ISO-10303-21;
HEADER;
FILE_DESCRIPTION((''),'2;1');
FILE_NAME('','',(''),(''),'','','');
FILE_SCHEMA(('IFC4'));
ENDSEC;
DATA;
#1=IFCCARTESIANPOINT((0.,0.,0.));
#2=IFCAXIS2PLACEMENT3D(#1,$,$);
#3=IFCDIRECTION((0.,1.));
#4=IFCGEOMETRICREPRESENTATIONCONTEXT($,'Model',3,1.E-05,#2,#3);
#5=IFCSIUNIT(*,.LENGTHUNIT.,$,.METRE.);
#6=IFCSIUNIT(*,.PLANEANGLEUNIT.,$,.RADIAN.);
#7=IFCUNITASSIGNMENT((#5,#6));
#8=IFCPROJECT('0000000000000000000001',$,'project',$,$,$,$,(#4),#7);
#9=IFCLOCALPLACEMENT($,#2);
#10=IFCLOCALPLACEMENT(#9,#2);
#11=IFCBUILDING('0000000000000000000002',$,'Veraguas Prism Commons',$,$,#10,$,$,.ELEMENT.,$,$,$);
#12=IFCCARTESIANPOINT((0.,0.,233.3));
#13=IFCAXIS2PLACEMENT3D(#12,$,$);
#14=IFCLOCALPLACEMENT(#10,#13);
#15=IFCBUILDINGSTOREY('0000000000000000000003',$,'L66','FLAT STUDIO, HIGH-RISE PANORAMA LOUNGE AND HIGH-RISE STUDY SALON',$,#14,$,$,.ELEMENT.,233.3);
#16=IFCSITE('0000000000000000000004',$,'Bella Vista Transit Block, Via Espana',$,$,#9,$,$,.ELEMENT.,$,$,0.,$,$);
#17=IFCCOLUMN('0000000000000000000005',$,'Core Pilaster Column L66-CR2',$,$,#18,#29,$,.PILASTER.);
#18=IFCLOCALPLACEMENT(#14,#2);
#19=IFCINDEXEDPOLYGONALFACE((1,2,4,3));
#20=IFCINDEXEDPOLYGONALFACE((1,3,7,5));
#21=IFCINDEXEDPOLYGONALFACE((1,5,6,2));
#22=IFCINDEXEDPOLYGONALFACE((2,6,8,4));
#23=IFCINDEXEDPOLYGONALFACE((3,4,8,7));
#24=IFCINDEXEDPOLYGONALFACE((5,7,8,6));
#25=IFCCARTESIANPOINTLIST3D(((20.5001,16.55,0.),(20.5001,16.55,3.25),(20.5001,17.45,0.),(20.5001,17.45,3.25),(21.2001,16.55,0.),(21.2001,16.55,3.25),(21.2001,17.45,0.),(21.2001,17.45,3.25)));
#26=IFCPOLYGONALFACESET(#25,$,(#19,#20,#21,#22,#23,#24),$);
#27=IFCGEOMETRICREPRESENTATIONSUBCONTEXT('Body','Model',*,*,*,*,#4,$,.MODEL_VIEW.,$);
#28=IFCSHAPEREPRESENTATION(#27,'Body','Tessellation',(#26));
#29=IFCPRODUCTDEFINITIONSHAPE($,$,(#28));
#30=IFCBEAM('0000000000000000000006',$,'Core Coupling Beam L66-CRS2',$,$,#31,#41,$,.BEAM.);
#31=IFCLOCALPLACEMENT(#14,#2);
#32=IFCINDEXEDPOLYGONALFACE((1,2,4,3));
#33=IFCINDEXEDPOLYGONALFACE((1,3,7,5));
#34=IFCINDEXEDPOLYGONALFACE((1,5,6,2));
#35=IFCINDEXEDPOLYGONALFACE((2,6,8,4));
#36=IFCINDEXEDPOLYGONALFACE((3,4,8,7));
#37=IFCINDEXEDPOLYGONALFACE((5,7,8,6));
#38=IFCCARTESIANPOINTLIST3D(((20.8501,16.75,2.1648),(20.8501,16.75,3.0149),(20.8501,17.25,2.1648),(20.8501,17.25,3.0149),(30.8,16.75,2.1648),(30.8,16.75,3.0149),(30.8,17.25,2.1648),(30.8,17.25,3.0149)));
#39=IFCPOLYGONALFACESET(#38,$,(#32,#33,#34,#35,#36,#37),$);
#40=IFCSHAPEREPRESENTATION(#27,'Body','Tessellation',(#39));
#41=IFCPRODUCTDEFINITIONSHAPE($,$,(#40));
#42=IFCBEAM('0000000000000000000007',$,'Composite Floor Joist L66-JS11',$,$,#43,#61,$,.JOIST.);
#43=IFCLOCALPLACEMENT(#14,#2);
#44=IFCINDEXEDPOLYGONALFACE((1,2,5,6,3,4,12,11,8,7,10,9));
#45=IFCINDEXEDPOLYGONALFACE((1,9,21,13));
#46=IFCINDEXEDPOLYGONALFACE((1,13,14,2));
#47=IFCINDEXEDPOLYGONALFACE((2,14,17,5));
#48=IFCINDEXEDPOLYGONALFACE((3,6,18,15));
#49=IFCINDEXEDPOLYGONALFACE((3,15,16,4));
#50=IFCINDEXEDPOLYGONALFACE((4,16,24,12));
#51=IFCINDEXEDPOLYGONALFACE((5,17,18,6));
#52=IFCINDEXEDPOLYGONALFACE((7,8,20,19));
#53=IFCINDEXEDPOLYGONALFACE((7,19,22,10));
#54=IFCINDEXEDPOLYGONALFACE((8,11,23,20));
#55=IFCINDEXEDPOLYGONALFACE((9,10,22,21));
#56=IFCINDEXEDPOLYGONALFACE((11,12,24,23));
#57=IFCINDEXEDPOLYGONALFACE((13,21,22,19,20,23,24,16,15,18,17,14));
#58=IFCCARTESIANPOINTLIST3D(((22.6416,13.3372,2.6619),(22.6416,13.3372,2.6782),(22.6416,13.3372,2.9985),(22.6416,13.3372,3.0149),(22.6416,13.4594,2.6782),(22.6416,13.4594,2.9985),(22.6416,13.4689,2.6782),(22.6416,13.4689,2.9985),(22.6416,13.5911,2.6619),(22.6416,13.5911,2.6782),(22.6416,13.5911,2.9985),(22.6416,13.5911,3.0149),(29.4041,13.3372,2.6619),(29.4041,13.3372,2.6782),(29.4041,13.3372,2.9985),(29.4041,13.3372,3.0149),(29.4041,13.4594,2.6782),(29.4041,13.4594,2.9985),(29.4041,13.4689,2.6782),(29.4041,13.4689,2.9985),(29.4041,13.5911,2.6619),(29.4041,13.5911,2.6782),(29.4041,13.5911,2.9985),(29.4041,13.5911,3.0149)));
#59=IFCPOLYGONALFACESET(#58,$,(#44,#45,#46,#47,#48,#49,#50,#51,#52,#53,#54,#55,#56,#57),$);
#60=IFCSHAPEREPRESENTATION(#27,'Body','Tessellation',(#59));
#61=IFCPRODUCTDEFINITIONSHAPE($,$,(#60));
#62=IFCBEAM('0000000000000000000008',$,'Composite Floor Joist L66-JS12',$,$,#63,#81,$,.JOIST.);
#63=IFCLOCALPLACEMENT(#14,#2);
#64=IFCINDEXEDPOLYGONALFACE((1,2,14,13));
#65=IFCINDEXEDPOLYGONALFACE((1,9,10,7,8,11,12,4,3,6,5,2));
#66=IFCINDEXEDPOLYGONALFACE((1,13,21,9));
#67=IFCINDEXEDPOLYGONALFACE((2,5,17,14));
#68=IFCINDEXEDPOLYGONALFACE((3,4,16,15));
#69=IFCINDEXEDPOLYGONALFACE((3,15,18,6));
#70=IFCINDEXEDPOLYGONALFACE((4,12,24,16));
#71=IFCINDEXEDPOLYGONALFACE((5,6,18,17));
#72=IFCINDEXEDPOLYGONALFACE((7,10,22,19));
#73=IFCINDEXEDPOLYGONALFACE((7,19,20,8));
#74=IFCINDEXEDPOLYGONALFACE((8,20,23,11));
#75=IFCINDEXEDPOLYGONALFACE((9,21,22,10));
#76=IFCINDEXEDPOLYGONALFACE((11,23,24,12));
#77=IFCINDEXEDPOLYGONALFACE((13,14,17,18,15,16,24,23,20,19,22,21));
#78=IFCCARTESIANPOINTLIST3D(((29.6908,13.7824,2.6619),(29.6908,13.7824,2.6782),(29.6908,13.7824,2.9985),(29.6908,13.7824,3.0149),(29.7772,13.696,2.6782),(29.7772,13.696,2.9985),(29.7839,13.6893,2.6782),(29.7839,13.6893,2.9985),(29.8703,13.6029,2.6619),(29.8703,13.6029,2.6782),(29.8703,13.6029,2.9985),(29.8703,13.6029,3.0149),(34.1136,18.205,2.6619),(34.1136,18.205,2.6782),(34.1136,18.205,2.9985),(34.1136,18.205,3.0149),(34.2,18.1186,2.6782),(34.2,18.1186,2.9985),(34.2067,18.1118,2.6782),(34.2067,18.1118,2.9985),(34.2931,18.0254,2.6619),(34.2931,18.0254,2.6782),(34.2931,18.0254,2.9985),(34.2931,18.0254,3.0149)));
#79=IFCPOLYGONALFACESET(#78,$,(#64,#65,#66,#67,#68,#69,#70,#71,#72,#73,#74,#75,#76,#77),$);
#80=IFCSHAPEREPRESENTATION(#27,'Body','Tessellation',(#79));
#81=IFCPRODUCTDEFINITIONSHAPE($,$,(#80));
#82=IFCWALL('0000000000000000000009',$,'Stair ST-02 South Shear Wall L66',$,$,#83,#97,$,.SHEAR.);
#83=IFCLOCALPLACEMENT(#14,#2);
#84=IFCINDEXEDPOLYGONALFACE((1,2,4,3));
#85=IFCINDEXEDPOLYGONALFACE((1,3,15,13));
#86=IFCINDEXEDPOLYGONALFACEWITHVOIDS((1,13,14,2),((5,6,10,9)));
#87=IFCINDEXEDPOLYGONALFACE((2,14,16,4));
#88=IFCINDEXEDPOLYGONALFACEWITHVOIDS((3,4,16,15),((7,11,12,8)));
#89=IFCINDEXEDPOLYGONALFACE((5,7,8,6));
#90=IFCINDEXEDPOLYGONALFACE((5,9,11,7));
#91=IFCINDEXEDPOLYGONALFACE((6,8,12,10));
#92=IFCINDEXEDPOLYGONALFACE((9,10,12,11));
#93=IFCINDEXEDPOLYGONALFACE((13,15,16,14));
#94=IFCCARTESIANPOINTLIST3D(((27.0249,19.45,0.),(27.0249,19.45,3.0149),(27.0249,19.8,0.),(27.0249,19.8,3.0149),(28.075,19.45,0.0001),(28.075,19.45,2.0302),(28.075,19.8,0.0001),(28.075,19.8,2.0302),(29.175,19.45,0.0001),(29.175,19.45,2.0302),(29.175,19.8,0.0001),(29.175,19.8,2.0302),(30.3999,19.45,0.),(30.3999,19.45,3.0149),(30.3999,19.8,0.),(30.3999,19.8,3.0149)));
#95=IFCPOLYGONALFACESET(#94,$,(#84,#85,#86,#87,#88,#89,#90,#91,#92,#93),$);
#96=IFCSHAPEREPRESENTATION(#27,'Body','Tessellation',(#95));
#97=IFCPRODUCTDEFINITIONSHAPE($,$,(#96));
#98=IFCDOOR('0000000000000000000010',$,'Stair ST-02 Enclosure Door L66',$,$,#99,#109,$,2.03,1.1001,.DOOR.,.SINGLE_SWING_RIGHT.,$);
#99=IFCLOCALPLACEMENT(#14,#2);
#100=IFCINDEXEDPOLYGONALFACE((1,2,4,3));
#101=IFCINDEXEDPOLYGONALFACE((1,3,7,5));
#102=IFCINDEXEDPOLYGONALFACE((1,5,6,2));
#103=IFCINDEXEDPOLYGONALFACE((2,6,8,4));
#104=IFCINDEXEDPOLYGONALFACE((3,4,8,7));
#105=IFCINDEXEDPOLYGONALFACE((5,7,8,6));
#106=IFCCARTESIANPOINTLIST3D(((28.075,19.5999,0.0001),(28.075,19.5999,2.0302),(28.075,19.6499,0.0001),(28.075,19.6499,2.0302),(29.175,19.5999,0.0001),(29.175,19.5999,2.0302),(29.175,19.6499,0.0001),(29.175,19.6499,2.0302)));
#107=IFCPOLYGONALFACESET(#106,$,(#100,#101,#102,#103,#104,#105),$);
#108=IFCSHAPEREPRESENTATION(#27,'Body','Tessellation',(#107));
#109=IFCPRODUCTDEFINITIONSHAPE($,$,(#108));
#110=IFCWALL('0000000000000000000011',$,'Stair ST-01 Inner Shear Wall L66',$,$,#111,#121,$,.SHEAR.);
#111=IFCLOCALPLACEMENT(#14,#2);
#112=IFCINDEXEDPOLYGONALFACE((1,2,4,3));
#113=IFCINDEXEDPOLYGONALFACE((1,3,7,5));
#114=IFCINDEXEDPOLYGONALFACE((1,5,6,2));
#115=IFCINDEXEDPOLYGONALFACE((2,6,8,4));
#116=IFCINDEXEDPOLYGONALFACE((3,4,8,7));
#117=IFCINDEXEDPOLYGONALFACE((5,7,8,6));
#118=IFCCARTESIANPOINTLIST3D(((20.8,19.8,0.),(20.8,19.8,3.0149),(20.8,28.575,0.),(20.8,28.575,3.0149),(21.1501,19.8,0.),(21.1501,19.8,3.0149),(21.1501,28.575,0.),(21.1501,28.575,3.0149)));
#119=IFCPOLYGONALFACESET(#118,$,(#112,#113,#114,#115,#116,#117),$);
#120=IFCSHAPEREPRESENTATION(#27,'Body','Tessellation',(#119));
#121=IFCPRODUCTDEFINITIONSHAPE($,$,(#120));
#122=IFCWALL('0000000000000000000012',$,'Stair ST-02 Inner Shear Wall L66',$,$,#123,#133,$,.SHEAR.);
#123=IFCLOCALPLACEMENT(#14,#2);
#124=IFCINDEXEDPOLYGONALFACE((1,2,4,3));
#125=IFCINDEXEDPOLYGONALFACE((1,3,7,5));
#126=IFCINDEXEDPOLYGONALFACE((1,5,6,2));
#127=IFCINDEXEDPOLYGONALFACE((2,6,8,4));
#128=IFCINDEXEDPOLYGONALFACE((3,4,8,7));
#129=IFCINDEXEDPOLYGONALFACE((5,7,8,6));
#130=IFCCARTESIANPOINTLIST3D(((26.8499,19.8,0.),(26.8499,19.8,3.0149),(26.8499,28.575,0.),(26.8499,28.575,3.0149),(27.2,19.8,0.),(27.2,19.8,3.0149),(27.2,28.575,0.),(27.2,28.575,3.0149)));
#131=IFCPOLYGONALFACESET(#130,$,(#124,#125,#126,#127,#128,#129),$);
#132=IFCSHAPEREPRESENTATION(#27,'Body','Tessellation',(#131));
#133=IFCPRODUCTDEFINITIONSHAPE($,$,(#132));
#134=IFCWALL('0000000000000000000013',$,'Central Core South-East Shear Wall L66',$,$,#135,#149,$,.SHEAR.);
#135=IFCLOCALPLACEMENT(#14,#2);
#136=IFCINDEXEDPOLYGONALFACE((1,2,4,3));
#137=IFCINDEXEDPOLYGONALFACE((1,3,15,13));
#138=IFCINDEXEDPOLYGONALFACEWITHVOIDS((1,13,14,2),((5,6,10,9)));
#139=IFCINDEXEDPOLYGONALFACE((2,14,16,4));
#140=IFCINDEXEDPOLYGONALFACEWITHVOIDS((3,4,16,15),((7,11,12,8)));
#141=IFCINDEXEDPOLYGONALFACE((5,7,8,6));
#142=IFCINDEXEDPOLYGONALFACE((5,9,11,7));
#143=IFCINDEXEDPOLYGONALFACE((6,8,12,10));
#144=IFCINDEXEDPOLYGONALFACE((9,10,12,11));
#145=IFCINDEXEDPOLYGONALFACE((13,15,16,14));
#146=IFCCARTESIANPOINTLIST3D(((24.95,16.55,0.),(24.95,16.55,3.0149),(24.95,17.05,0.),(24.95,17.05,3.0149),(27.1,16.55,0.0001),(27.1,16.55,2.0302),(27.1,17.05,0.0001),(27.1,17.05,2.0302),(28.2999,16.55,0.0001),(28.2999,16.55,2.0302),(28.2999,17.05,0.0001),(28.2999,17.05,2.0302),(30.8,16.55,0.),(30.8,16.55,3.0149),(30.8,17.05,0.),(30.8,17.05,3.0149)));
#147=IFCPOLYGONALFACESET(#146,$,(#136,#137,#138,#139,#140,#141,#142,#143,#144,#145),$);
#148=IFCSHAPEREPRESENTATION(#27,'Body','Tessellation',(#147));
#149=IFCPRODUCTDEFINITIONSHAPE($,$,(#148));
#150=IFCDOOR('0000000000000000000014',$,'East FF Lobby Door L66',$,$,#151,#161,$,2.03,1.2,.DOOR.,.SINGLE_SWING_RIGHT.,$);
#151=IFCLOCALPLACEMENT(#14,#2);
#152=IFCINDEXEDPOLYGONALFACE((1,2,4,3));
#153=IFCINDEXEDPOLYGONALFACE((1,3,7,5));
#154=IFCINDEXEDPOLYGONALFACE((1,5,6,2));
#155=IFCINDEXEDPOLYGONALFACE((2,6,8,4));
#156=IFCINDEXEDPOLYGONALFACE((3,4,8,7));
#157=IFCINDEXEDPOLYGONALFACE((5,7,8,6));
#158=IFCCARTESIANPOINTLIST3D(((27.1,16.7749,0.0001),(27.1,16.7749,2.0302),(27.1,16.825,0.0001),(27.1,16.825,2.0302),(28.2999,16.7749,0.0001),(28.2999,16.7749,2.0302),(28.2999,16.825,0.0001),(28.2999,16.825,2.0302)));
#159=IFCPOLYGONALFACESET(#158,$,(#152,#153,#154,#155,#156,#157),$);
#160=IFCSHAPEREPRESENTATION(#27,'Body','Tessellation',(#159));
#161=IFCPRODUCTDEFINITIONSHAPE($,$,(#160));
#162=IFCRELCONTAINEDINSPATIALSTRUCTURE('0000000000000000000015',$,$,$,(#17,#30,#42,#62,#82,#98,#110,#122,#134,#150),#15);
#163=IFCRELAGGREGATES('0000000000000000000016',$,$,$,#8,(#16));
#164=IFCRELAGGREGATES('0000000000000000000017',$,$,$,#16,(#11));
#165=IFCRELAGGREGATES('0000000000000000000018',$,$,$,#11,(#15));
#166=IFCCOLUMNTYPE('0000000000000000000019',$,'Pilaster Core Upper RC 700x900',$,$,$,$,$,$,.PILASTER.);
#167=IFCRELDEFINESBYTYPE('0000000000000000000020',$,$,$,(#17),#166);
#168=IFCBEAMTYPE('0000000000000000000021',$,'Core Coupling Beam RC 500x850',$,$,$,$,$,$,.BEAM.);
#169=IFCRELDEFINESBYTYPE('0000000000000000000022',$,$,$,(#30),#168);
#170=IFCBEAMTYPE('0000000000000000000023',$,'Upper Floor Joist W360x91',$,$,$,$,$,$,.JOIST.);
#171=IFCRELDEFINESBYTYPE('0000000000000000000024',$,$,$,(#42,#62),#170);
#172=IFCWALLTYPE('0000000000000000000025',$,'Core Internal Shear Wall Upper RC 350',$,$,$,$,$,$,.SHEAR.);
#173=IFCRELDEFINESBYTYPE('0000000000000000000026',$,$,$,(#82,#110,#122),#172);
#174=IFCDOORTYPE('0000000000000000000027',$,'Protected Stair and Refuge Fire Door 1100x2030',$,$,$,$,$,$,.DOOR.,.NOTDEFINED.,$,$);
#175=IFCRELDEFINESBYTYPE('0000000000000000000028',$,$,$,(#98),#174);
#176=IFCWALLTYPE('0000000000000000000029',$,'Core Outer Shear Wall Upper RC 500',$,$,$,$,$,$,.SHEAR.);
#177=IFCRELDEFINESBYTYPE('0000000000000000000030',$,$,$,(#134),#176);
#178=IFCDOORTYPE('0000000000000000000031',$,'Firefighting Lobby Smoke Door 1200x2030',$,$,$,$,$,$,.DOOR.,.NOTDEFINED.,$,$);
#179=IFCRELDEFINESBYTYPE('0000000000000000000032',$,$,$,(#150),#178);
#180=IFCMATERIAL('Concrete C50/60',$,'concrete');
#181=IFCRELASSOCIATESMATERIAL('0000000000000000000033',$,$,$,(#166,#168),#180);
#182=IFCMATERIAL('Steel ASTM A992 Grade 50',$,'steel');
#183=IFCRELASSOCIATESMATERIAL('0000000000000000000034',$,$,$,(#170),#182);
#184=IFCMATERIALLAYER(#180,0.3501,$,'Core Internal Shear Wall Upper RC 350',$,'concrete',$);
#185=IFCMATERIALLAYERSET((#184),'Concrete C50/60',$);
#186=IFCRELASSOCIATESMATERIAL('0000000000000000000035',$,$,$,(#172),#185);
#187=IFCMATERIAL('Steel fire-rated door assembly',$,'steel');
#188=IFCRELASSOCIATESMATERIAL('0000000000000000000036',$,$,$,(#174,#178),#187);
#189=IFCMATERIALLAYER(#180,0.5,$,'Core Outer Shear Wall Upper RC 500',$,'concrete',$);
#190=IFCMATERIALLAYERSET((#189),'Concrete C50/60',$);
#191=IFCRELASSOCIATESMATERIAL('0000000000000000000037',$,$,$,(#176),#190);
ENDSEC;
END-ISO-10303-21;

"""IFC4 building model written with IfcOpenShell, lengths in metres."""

from ifc_helpers import new_model, si_unit, direction, frame, frame_2d, origin, origin_2d, place, context, subcontext, project, spatial, rectangle, i_section, extrude, source, transform, mapped, material, layer, layer_set, material_profile, profile_set, type_object, element, fill, save


model = new_model("IFC4")

# Units and contexts
model_context = context("Model", 3, precision=1e-05, world=origin(), true_north=direction((0.0, 1.0)))
body_context = subcontext(model_context, "Body", "Model", "MODEL_VIEW")
ifc_project = project(units=[si_unit("LENGTHUNIT", "METRE"), si_unit("PLANEANGLEUNIT", "RADIAN")], contexts=[model_context])

# Site, building, storey
site_placement = place(None, origin())
site = spatial("IfcSite", under=ifc_project, at=site_placement, Name="Bella Vista Transit Block, Via Espana", CompositionType="ELEMENT", RefElevation=0.0)
building_placement = place(site_placement, origin())
building = spatial("IfcBuilding", under=site, at=building_placement, Name="Veraguas Prism Commons", CompositionType="ELEMENT")
storey_placement = place(building_placement, frame((0.0, 0.0, 233.3)))
storey = spatial("IfcBuildingStorey", under=building, at=storey_placement, Name="L66", Description="FLAT STUDIO, HIGH-RISE PANORAMA LOUNGE AND HIGH-RISE STUDY SALON", CompositionType="ELEMENT", Elevation=233.3)

# Column
ifc_material_1 = material(Name="Concrete C50/60", Category="concrete")
ifc_material_profile_1 = material_profile(ifc_material_1, rectangle(XDim=0.7, YDim=0.8999, at=origin_2d()), Name="RC700X900")
ifc_profile_set_1 = profile_set([ifc_material_profile_1], Name="Concrete C50/60")
column_type = type_object("IfcColumnType", Name="Pilaster Core Upper RC 700x900", PredefinedType="PILASTER", material=ifc_profile_set_1)
column_placement = place(storey_placement, frame((20.8501, 17.0, 0.0), z_axis=(0.0, 0.0, 1.0), x_axis=(1.0, 0.0, 0.0)))
element("IfcColumn", 1, at=column_placement, inside=storey, type_object=column_type, Name="Core Pilaster Column L66-CR2", PredefinedType="PILASTER", context=body_context, shape_type="SweptSolid", body=[
    extrude(rectangle(XDim=0.7, YDim=0.8999, at=origin_2d()), origin(), (0.0, 0.0, 1.0), 3.25),
])

# Beams
ifc_material_profile_2 = material_profile(ifc_material_1, rectangle(XDim=0.5, YDim=0.8501, at=origin_2d()), Name="RC500X850")
ifc_profile_set_2 = profile_set([ifc_material_profile_2], Name="Concrete C50/60")
beam_type_1 = type_object("IfcBeamType", Name="Core Coupling Beam RC 500x850", PredefinedType="BEAM", material=ifc_profile_set_2)
beam_1_placement = place(storey_placement, frame((20.8501, 17.0, 2.5898), z_axis=(1.0, 0.0, 0.0), x_axis=(0.0, 1.0, 0.0)))
element("IfcBeam", 2, at=beam_1_placement, inside=storey, type_object=beam_type_1, Name="Core Coupling Beam L66-CRS2", PredefinedType="BEAM", context=body_context, shape_type="SweptSolid", body=[
    extrude(rectangle(XDim=0.5, YDim=0.8501, at=origin_2d()), origin(), (0.0, 0.0, 1.0), 9.95),
])
ifc_material_2 = material(Name="Steel ASTM A992 Grade 50", Category="steel")
ifc_material_profile_3 = material_profile(ifc_material_2, i_section(OverallWidth=0.2539, OverallDepth=0.353, WebThickness=0.0095, FlangeThickness=0.0164, at=origin_2d()), Name="W360X91")
ifc_profile_set_3 = profile_set([ifc_material_profile_3], Name="Steel ASTM A992 Grade 50")
beam_type_2 = type_object("IfcBeamType", Name="Upper Floor Joist W360x91", PredefinedType="JOIST", material=ifc_profile_set_3)
beam_2_placement = place(storey_placement, frame((22.6416, 13.4641, 2.8384), z_axis=(1.0, 0.0, 0.0), x_axis=(0.0, 1.0, 0.0)))
element("IfcBeam", 3, at=beam_2_placement, inside=storey, type_object=beam_type_2, Name="Composite Floor Joist L66-JS11", PredefinedType="JOIST", context=body_context, shape_type="SweptSolid", body=[
    extrude(i_section(OverallWidth=0.2539, OverallDepth=0.353, WebThickness=0.0095, FlangeThickness=0.0164, at=origin_2d()), origin(), (0.0, 0.0, 1.0), 6.7625),
])
beam_3_placement = place(storey_placement, frame((29.7805, 13.6926, 2.8384), z_axis=(0.707126, 0.707087, 0.0), x_axis=(-0.707087, 0.707126, 0.0)))
element("IfcBeam", 4, at=beam_3_placement, inside=storey, type_object=beam_type_2, Name="Composite Floor Joist L66-JS12", PredefinedType="JOIST", context=body_context, shape_type="SweptSolid", body=[
    extrude(i_section(OverallWidth=0.2539, OverallDepth=0.353, WebThickness=0.0095, FlangeThickness=0.0164, at=origin_2d()), origin(), (0.0, 0.0, 1.0), 6.2546),
])

# Wall, opening, door
ifc_layer_1 = layer(ifc_material_1, 0.3501, Name="Core Internal Shear Wall Upper RC 350", Category="concrete")
ifc_layer_set_1 = layer_set([ifc_layer_1], Name="Concrete C50/60")
wall_type_1 = type_object("IfcWallType", Name="Core Internal Shear Wall Upper RC 350", PredefinedType="SHEAR", material=ifc_layer_set_1)
wall_1_placement = place(storey_placement, frame((27.0249, 19.625, 0.0), z_axis=(0.0, 0.0, 1.0), x_axis=(1.0, 0.0, 0.0)))
wall_1 = element("IfcWall", 5, at=wall_1_placement, inside=storey, type_object=wall_type_1, Name="Stair ST-02 South Shear Wall L66", PredefinedType="SHEAR", context=body_context, shape_type="SweptSolid", body=[
    extrude(rectangle(XDim=3.375, YDim=0.3501, at=frame_2d((1.6875, 0.0))), origin(), (0.0, 0.0, 1.0), 3.0149),
])
opening_1_placement = place(wall_1_placement, frame((1.05, 0.0, 0.0)))
opening_1 = element("IfcOpeningElement", 6, at=opening_1_placement, cuts=wall_1, PredefinedType="OPENING", context=body_context, shape_type="SweptSolid", body=[
    extrude(rectangle(XDim=1.1001, YDim=2.03, at=frame_2d((0.55, 1.0151))), frame((0.0, 0.1851, 0.0), z_axis=(0.0, -1.0, 0.0), x_axis=(1.0, 0.0, 0.0)), (0.0, 0.0, 1.0), 0.3701),
])
ifc_material_3 = material(Name="Steel fire-rated door assembly", Category="steel")
door_type_1 = type_object("IfcDoorType", Name="Protected Stair and Refuge Fire Door 1100x2030", OperationType="NOTDEFINED", PredefinedType="DOOR", material=ifc_material_3)
shared_shape_1 = source(origin(), body_context, "Body", "SweptSolid", [
    extrude(rectangle(XDim=1.1001, YDim=2.03, at=frame_2d((0.55, 1.0151))), frame((0.0, 0.0249, 0.0), z_axis=(0.0, -1.0, 0.0), x_axis=(1.0, 0.0, 0.0)), (0.0, 0.0, 1.0), 0.05),
])
door_1_placement = place(opening_1_placement, origin())
door_1 = element("IfcDoor", 7, at=door_1_placement, inside=storey, type_object=door_type_1, Name="Stair ST-02 Enclosure Door L66", OperationType="SINGLE_SWING_RIGHT", OverallHeight=2.03, OverallWidth=1.1001, PredefinedType="DOOR", context=body_context, shape_type="MappedRepresentation", body=[
    mapped(shared_shape_1, transform((0.0, 0.0, 0.0), scale=1.0)),
])
fill(opening_1, door_1)

# Walls
for number, where, z_axis, x_axis, name in (
    (8, (20.9751, 19.8, 0.0), (0.0, 0.0, 1.0), (0.0, 1.0, 0.0), "Stair ST-01 Inner Shear Wall L66"),
    (9, (27.0249, 19.8, 0.0), (0.0, 0.0, 1.0), (0.0, 1.0, 0.0), "Stair ST-02 Inner Shear Wall L66"),
):
    element("IfcWall", number, at=place(storey_placement, frame(where, z_axis=z_axis, x_axis=x_axis)), inside=storey, type_object=wall_type_1, Name=name, PredefinedType="SHEAR", context=body_context, shape_type="SweptSolid", body=[
        extrude(rectangle(XDim=8.7749, YDim=0.3501, at=frame_2d((4.3875, 0.0))), origin(), (0.0, 0.0, 1.0), 3.0149),
    ])

# Wall, opening, door
ifc_layer_2 = layer(ifc_material_1, 0.5, Name="Core Outer Shear Wall Upper RC 500", Category="concrete")
ifc_layer_set_2 = layer_set([ifc_layer_2], Name="Concrete C50/60")
wall_type_2 = type_object("IfcWallType", Name="Core Outer Shear Wall Upper RC 500", PredefinedType="SHEAR", material=ifc_layer_set_2)
wall_2_placement = place(storey_placement, frame((24.95, 16.8, 0.0), z_axis=(0.0, 0.0, 1.0), x_axis=(1.0, 0.0, 0.0)))
wall_2 = element("IfcWall", 10, at=wall_2_placement, inside=storey, type_object=wall_type_2, Name="Central Core South-East Shear Wall L66", PredefinedType="SHEAR", context=body_context, shape_type="SweptSolid", body=[
    extrude(rectangle(XDim=5.8501, YDim=0.5, at=frame_2d((2.925, 0.0))), origin(), (0.0, 0.0, 1.0), 3.0149),
])
opening_2_placement = place(wall_2_placement, frame((2.1499, 0.0, 0.0)))
opening_2 = element("IfcOpeningElement", 11, at=opening_2_placement, cuts=wall_2, PredefinedType="OPENING", context=body_context, shape_type="SweptSolid", body=[
    extrude(rectangle(XDim=1.2, YDim=2.03, at=frame_2d((0.6001, 1.0151))), frame((0.0, 0.26, 0.0), z_axis=(0.0, -1.0, 0.0), x_axis=(1.0, 0.0, 0.0)), (0.0, 0.0, 1.0), 0.52),
])
door_type_2 = type_object("IfcDoorType", Name="Firefighting Lobby Smoke Door 1200x2030", OperationType="NOTDEFINED", PredefinedType="DOOR", material=ifc_material_3)
shared_shape_2 = source(origin(), body_context, "Body", "SweptSolid", [
    extrude(rectangle(XDim=1.2, YDim=2.03, at=frame_2d((0.6001, 1.0151))), frame((0.0, 0.0249, 0.0), z_axis=(0.0, -1.0, 0.0), x_axis=(1.0, 0.0, 0.0)), (0.0, 0.0, 1.0), 0.05),
])
door_2_placement = place(opening_2_placement, origin())
door_2 = element("IfcDoor", 12, at=door_2_placement, inside=storey, type_object=door_type_2, Name="East FF Lobby Door L66", OperationType="SINGLE_SWING_RIGHT", OverallHeight=2.03, OverallWidth=1.2, PredefinedType="DOOR", context=body_context, shape_type="MappedRepresentation", body=[
    mapped(shared_shape_2, transform((0.0, 0.0, 0.0), scale=1.0)),
])
fill(opening_2, door_2)

save(model, "model.ifc")
